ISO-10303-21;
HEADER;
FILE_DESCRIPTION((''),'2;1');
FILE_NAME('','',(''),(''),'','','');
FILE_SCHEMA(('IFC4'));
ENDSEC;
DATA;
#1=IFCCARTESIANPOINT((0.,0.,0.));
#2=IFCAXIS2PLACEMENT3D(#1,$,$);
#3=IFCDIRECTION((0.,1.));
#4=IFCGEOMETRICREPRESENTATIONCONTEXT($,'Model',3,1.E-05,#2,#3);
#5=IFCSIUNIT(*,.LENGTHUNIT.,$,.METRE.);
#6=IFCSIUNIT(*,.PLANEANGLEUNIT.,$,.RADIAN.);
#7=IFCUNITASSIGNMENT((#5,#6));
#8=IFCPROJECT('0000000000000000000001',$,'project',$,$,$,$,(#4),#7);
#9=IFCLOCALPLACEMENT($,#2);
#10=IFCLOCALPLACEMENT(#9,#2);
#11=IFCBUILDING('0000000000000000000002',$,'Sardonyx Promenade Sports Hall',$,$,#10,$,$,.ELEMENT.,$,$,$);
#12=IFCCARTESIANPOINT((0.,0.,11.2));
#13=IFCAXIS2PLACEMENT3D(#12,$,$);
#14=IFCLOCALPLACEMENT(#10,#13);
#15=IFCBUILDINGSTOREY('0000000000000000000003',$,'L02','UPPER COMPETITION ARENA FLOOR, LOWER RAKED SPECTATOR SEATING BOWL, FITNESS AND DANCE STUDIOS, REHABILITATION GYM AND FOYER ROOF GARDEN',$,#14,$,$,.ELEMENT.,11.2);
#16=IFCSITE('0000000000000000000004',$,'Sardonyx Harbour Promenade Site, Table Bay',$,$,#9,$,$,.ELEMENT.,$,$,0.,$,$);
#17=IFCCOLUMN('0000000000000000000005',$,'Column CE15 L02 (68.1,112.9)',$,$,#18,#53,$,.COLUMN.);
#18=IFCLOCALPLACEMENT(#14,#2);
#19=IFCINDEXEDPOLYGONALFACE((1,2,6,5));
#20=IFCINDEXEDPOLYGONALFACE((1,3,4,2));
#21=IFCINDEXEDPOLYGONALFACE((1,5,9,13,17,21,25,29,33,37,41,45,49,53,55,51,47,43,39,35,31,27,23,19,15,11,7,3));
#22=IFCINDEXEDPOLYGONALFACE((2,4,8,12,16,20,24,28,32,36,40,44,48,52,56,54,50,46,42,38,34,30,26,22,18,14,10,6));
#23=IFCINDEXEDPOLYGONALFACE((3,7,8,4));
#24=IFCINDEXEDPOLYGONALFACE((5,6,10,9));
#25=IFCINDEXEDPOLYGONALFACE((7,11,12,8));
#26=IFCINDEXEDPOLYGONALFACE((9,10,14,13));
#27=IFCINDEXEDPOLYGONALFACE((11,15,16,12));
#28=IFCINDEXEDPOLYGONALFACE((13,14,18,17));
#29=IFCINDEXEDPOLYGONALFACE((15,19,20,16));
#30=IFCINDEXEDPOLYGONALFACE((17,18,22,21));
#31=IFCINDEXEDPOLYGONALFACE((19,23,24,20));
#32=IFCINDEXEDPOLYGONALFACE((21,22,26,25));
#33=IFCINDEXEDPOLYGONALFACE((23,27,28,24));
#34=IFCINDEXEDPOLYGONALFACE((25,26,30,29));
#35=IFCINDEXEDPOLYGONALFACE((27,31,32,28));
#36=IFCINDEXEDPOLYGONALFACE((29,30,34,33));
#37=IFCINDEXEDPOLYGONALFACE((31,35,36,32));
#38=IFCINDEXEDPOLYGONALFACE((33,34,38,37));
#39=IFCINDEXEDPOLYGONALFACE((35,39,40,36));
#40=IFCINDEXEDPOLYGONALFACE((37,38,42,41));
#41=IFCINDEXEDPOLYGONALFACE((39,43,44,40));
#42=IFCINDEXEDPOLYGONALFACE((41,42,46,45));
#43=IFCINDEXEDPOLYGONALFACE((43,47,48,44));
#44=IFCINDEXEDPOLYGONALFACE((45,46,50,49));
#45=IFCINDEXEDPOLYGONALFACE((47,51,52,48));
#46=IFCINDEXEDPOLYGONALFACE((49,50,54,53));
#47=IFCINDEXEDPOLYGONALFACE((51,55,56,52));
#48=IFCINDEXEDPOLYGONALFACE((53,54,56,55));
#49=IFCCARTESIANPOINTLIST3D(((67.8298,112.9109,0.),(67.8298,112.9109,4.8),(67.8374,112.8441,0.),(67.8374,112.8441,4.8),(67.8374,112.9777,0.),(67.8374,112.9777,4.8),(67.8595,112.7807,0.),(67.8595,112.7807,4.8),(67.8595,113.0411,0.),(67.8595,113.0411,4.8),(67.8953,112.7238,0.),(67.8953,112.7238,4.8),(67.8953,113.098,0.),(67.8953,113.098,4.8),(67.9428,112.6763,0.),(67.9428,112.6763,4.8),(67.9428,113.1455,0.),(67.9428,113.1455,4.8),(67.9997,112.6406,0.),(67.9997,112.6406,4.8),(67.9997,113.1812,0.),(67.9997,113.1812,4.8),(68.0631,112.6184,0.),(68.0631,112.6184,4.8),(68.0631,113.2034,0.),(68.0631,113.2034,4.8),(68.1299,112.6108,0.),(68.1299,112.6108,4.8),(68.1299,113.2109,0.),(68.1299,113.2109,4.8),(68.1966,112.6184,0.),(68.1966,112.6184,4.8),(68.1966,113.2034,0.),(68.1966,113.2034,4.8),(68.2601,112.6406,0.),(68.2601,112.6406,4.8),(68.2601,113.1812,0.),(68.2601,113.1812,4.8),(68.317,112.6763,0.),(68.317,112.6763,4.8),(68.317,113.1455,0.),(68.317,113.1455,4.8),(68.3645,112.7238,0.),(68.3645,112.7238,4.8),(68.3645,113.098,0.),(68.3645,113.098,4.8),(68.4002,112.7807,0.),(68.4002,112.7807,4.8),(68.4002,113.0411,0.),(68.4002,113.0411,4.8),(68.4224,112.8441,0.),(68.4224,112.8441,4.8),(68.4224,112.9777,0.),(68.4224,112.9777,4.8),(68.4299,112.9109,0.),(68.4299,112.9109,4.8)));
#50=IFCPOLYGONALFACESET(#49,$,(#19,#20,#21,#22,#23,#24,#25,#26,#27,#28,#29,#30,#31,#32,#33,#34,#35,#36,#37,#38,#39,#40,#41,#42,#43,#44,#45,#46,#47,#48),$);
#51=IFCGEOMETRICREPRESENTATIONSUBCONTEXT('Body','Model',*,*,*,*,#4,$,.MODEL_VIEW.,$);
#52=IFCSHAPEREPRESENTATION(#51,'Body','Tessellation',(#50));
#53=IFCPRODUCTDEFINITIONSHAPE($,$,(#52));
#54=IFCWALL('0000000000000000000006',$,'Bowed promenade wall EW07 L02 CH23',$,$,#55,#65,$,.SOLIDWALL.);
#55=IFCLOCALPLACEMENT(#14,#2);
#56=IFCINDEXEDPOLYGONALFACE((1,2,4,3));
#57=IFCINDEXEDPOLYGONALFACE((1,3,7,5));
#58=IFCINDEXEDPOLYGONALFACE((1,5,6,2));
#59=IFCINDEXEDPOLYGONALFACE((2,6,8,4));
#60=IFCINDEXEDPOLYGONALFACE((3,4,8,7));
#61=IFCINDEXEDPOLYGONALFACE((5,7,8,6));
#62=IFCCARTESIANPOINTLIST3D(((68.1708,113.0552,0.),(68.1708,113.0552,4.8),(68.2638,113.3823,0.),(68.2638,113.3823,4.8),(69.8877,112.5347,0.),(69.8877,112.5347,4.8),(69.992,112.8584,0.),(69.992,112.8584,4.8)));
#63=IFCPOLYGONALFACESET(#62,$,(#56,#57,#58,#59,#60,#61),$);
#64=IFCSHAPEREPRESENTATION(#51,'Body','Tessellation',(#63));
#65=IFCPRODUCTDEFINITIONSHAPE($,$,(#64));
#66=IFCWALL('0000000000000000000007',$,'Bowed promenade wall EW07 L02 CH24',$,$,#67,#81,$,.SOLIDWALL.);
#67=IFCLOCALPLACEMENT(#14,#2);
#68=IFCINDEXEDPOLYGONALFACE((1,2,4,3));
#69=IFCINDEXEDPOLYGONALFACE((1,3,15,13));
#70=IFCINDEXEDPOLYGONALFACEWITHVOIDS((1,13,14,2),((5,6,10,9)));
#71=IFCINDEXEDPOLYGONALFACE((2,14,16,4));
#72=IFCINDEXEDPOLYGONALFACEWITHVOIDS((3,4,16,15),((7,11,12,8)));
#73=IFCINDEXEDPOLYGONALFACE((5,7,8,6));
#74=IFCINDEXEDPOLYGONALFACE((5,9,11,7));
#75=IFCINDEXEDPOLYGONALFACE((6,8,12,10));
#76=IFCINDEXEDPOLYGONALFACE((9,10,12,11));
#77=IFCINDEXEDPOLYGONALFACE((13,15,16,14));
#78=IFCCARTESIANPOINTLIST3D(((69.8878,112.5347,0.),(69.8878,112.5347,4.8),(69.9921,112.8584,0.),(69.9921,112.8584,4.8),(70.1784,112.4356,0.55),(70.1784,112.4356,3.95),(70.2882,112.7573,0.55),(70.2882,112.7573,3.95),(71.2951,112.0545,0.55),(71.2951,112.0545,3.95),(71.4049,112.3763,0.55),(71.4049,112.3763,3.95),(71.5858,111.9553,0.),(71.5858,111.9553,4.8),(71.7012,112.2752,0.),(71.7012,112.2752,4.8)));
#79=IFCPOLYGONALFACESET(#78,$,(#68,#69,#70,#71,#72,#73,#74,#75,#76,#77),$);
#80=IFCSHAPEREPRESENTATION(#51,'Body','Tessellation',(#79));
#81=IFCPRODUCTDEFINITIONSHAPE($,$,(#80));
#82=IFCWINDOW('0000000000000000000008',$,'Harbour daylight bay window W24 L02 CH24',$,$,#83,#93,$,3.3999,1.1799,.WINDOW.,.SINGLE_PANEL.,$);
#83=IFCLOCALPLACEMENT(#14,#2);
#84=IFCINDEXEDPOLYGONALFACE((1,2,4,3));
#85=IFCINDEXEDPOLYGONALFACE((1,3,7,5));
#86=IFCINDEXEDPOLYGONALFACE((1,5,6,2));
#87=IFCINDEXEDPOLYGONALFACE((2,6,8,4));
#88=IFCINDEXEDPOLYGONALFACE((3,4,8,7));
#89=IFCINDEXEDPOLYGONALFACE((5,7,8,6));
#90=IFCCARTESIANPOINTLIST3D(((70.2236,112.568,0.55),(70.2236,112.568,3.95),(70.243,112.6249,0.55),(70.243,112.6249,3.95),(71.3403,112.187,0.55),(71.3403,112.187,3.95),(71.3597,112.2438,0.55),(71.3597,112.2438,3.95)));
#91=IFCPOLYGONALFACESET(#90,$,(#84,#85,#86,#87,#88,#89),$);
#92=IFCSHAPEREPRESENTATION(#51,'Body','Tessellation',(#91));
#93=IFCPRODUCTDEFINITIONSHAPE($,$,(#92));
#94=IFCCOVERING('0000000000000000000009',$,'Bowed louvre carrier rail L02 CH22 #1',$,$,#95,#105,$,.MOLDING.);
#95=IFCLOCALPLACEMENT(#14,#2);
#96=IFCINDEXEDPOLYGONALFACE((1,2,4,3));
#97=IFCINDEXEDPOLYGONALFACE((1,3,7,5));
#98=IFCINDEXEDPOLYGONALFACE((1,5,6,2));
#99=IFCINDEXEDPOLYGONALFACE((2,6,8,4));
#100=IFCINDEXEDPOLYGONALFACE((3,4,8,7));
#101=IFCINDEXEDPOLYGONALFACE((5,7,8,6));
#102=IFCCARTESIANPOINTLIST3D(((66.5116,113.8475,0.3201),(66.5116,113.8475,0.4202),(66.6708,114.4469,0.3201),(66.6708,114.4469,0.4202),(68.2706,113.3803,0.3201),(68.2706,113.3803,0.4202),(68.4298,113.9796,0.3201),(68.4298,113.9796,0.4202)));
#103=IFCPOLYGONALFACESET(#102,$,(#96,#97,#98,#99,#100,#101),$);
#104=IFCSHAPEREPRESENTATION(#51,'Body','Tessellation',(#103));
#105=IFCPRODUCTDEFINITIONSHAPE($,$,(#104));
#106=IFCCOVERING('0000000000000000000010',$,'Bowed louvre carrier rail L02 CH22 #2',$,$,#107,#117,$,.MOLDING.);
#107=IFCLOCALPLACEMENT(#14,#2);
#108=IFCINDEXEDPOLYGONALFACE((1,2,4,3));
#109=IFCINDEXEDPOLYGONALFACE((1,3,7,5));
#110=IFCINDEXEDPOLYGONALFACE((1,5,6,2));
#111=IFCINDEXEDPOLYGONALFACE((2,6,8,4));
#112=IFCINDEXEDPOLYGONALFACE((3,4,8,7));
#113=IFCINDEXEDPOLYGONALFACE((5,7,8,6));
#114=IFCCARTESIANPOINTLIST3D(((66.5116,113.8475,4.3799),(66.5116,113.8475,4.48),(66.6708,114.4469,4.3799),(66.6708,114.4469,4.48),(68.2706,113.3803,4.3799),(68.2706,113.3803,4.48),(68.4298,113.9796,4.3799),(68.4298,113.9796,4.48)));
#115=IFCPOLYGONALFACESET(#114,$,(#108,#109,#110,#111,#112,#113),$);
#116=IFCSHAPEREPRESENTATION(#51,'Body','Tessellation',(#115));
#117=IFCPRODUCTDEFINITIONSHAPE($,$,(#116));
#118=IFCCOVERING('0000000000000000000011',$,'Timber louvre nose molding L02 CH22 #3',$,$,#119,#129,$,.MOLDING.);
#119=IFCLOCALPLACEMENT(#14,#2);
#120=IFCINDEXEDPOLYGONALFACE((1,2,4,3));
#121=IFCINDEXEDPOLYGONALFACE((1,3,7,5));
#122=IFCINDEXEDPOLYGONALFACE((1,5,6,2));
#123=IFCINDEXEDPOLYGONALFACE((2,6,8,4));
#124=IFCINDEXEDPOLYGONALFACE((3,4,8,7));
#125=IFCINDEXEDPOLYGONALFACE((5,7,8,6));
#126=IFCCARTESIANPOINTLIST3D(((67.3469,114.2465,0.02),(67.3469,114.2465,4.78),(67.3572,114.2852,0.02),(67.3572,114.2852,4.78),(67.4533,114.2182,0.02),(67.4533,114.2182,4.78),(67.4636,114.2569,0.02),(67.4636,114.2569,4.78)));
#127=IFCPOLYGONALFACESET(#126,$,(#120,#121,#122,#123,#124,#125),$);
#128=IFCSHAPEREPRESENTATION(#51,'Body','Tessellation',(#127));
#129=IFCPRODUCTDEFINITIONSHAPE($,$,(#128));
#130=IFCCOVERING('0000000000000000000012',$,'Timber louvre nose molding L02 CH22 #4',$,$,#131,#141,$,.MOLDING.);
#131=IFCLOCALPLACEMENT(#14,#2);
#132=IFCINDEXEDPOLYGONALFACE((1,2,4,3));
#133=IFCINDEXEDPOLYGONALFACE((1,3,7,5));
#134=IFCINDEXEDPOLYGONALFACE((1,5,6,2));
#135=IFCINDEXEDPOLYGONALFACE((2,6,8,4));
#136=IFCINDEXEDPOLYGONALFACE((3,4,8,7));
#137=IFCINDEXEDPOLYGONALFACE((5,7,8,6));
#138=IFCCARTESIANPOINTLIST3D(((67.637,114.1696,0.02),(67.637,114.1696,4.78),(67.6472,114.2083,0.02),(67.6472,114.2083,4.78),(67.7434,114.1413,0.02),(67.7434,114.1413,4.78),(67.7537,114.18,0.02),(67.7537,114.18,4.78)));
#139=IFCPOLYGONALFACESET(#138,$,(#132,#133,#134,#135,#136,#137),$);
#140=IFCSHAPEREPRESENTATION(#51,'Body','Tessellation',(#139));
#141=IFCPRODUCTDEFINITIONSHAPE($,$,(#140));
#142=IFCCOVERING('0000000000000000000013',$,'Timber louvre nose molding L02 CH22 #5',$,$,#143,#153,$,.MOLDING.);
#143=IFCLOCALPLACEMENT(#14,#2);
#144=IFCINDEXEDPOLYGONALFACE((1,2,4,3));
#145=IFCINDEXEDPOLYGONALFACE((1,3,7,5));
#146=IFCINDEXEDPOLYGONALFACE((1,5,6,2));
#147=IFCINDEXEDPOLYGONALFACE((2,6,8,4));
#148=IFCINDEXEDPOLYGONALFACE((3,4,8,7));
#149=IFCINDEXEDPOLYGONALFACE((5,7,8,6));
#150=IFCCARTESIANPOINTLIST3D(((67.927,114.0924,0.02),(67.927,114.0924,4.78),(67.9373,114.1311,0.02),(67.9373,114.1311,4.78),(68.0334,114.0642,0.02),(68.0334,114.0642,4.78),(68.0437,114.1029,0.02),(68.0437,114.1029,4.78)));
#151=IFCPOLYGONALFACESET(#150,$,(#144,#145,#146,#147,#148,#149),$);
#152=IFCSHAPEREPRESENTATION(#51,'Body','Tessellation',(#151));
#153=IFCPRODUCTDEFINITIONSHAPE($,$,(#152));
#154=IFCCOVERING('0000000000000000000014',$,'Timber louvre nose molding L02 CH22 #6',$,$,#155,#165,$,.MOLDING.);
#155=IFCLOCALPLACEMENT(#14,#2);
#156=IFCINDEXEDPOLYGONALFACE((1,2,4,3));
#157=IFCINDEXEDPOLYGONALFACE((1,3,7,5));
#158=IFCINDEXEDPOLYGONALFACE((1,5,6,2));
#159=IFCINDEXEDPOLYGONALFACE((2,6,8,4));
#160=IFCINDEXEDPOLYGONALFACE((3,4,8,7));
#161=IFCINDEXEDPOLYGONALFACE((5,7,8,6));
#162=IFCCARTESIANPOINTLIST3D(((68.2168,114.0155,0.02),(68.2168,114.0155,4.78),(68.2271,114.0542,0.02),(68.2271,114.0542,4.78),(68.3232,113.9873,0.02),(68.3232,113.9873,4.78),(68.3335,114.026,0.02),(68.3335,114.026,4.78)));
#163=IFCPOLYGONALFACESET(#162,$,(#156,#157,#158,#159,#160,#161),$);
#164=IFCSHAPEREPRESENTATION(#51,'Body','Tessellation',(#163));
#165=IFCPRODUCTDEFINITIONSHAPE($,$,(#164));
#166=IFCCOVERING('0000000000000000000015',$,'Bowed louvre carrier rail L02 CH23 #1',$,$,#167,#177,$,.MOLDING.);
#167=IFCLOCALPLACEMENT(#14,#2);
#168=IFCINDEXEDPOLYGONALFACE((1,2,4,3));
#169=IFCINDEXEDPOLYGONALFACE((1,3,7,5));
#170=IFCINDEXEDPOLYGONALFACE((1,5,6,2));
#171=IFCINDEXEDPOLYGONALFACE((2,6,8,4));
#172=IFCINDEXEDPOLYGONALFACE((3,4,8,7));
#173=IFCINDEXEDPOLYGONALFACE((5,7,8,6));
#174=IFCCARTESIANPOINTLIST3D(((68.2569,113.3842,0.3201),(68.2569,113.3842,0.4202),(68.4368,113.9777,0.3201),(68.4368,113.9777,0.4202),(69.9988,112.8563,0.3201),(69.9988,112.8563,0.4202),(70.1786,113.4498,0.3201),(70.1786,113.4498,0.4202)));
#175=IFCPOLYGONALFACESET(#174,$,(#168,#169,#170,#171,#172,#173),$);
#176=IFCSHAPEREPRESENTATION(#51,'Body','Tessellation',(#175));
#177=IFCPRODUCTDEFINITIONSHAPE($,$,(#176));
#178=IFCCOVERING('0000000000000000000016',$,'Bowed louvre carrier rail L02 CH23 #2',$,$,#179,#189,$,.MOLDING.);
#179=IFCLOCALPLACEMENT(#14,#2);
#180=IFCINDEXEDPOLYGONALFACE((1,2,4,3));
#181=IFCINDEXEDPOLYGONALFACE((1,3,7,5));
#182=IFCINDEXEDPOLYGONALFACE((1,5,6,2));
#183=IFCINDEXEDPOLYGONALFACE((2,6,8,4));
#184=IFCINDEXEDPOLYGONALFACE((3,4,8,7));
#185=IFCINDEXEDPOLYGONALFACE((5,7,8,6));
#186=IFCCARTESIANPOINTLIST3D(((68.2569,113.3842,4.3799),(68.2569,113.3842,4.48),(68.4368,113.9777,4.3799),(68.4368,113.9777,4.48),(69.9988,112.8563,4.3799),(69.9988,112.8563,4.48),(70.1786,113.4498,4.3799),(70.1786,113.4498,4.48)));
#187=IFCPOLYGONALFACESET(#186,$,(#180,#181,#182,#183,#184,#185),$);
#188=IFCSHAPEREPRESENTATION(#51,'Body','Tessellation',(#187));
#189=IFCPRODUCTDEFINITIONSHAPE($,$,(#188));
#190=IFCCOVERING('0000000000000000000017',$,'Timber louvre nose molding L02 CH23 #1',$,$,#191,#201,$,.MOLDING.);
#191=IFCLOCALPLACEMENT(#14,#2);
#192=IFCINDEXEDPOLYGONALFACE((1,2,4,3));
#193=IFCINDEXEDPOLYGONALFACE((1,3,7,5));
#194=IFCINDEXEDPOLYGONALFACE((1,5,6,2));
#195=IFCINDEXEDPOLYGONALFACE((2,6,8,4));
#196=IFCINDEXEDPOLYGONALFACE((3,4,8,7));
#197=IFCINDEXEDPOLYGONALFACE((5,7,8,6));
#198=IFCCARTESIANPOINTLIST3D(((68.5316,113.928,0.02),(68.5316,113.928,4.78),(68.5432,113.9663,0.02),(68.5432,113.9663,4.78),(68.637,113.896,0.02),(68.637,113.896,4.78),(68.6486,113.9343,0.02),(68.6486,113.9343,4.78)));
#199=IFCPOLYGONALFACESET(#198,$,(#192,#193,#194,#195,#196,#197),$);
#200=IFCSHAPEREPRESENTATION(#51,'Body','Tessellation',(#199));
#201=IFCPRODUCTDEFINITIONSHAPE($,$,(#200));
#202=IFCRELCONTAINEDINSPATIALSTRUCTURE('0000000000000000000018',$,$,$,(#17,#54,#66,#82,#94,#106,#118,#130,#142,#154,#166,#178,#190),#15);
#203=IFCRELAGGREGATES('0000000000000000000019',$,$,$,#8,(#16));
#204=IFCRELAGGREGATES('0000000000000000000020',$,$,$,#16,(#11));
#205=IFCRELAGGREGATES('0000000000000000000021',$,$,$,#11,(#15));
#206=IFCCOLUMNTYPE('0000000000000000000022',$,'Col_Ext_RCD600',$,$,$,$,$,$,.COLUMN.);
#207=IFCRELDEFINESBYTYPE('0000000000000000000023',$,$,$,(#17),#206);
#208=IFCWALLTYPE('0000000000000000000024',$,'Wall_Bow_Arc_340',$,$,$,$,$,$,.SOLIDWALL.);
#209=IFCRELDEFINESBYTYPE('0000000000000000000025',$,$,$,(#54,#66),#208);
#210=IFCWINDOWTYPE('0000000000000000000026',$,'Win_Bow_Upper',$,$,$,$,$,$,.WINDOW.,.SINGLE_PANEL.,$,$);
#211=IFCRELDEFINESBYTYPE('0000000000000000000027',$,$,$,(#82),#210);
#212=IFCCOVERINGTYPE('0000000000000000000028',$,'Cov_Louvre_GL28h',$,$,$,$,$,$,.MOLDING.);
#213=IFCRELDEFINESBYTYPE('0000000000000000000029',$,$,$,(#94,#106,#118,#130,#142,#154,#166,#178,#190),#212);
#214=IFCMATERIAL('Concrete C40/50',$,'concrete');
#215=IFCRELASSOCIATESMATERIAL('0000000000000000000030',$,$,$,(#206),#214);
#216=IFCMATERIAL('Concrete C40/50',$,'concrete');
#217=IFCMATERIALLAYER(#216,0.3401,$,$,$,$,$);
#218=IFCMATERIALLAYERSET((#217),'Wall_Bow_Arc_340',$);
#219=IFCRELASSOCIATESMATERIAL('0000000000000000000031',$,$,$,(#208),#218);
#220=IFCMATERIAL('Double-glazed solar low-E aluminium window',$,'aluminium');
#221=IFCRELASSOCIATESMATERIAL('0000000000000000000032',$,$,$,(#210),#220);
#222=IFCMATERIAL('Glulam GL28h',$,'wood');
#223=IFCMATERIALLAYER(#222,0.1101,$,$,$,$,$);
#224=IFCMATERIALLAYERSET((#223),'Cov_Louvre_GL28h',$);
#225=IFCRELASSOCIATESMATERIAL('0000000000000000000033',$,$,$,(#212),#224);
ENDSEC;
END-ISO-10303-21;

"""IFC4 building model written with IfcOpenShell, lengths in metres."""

from ifc_helpers import new_model, si_unit, direction, frame, frame_2d, origin, origin_2d, place, context, subcontext, project, spatial, polyline, rectangle, circle, outline, extrude, material, layer, layer_set, material_profile, profile_set, type_object, element, fill, save


model = new_model("IFC4")

# Units and contexts
model_context = context("Model", 3, precision=1e-05, world=origin(), true_north=direction((0.0, 1.0)))
body_context = subcontext(model_context, "Body", "Model", "MODEL_VIEW")
ifc_project = project(units=[si_unit("LENGTHUNIT", "METRE"), si_unit("PLANEANGLEUNIT", "RADIAN")], contexts=[model_context])

# Site, building, storey
site_placement = place(None, origin())
site = spatial("IfcSite", under=ifc_project, at=site_placement, Name="Sardonyx Harbour Promenade Site, Table Bay", CompositionType="ELEMENT", RefElevation=0.0)
building_placement = place(site_placement, origin())
building = spatial("IfcBuilding", under=site, at=building_placement, Name="Sardonyx Promenade Sports Hall", CompositionType="ELEMENT")
storey_placement = place(building_placement, frame((0.0, 0.0, 11.2)))
storey = spatial("IfcBuildingStorey", under=building, at=storey_placement, Name="L02", Description="UPPER COMPETITION ARENA FLOOR, LOWER RAKED SPECTATOR SEATING BOWL, FITNESS AND DANCE STUDIOS, REHABILITATION GYM AND FOYER ROOF GARDEN", CompositionType="ELEMENT", Elevation=11.2)

# Column
ifc_material_1 = material(Name="Concrete C40/50", Category="concrete")
ifc_material_profile = material_profile(ifc_material_1, circle(Radius=0.3, at=origin_2d()))
ifc_profile_set = profile_set([ifc_material_profile], Name="Concrete C40/50")
column_type = type_object("IfcColumnType", Name="Col_Ext_RCD600", PredefinedType="COLUMN", material=ifc_profile_set)
column_placement = place(storey_placement, frame((68.1299, 112.9109, 0.0), z_axis=(0.0, 0.0, 1.0), x_axis=(1.0, 0.0, 0.0)))
element("IfcColumn", 1, at=column_placement, inside=storey, type_object=column_type, Name="Column CE15 L02 (68.1,112.9)", PredefinedType="COLUMN", context=body_context, shape_type="SweptSolid", body=[
    extrude(circle(Radius=0.3, at=origin_2d()), origin(), (0.0, 0.0, 1.0), 4.8),
])

# Wall
ifc_material_2 = material(Name="Concrete C40/50", Category="concrete")
ifc_layer_1 = layer(ifc_material_2, 0.3401)
ifc_layer_set_1 = layer_set([ifc_layer_1], Name="Wall_Bow_Arc_340")
wall_type = type_object("IfcWallType", Name="Wall_Bow_Arc_340", PredefinedType="SOLIDWALL", material=ifc_layer_set_1)
wall_1_placement = place(storey_placement, frame((68.2173, 113.2188, 0.0), z_axis=(0.0, 0.0, 1.0), x_axis=(0.956994, -0.290109, 0.0)))
element("IfcWall", 2, at=wall_1_placement, inside=storey, type_object=wall_type, Name="Bowed promenade wall EW07 L02 CH23", PredefinedType="SOLIDWALL", context=body_context, shape_type="SweptSolid", body=[
    extrude(outline(polyline([(0.0029, -0.17), (1.7971, -0.17), (1.8029, 0.17), (-0.0029, 0.17), (0.0029, -0.17)])), origin(), (0.0, 0.0, 1.0), 4.8),
])

# Wall, opening, window
wall_2_placement = place(storey_placement, frame((69.9399, 112.6965, 0.0), z_axis=(0.0, 0.0, 1.0), x_axis=(0.946422, -0.322934, 0.0)))
wall_2 = element("IfcWall", 3, at=wall_2_placement, inside=storey, type_object=wall_type, Name="Bowed promenade wall EW07 L02 CH24", PredefinedType="SOLIDWALL", context=body_context, shape_type="SweptSolid", body=[
    extrude(outline(polyline([(0.0029, -0.17), (1.7971, -0.17), (1.8029, 0.17), (-0.0029, 0.17), (0.0029, -0.17)])), origin(), (0.0, 0.0, 1.0), 4.8),
])
opening_placement = place(wall_2_placement, frame((0.3101, 0.0, 0.55)))
opening = element("IfcOpeningElement", 4, at=opening_placement, cuts=wall_2, PredefinedType="OPENING", context=body_context, shape_type="SweptSolid", body=[
    extrude(rectangle(XDim=1.1799, YDim=3.3999, at=frame_2d((0.5898, 1.7))), frame((0.0, 0.18, 0.0), z_axis=(0.0, -1.0, 0.0), x_axis=(1.0, 0.0, 0.0)), (0.0, 0.0, 1.0), 0.36),
])
ifc_material_3 = material(Name="Double-glazed solar low-E aluminium window", Category="aluminium")
window_type = type_object("IfcWindowType", Name="Win_Bow_Upper", PartitioningType="SINGLE_PANEL", PredefinedType="WINDOW", material=ifc_material_3)
window_placement = place(opening_placement, origin())
window = element("IfcWindow", 5, at=window_placement, inside=storey, type_object=window_type, Name="Harbour daylight bay window W24 L02 CH24", OverallHeight=3.3999, OverallWidth=1.1799, PartitioningType="SINGLE_PANEL", PredefinedType="WINDOW", context=body_context, shape_type="SweptSolid", body=[
    extrude(rectangle(XDim=1.1799, YDim=3.3999, at=frame_2d((0.5898, 1.7))), frame((0.0, 0.03, 0.0), z_axis=(0.0, -1.0, 0.0), x_axis=(1.0, 0.0, 0.0)), (0.0, 0.0, 1.0), 0.0601),
])
fill(opening, window)

# Coverings
ifc_material_4 = material(Name="Glulam GL28h", Category="wood")
ifc_layer_2 = layer(ifc_material_4, 0.1101)
ifc_layer_set_2 = layer_set([ifc_layer_2], Name="Cov_Louvre_GL28h")
covering_type = type_object("IfcCoveringType", Name="Cov_Louvre_GL28h", PredefinedType="MOLDING", material=ifc_layer_set_2)
for number, where, z_axis, x_axis, name in (
    (6, (67.4707, 113.9136, 0.3201), (0.0, 0.0, 1.0), (0.966485, -0.256721, 0.0), "Bowed louvre carrier rail L02 CH22 #1"),
    (7, (67.4707, 113.9136, 4.3799), (0.0, 0.0, 1.0), (0.966485, -0.256721, 0.0), "Bowed louvre carrier rail L02 CH22 #2"),
):
    element("IfcCovering", number, at=place(storey_placement, frame(where, z_axis=z_axis, x_axis=x_axis)), inside=storey, type_object=covering_type, Name=name, PredefinedType="MOLDING", context=body_context, shape_type="SweptSolid", body=[
        extrude(rectangle(XDim=1.8201, YDim=0.6201, at=origin_2d()), origin(), (0.0, 0.0, 1.0), 0.1001),
    ])
for number, where, z_axis, x_axis, name in (
    (8, (67.4053, 114.2517, 0.02), (0.0, 0.0, 1.0), (0.966485, -0.256721, 0.0), "Timber louvre nose molding L02 CH22 #3"),
    (9, (67.6953, 114.1748, 0.02), (0.0, 0.0, 1.0), (0.966485, -0.256721, 0.0), "Timber louvre nose molding L02 CH22 #4"),
    (10, (67.9854, 114.0977, 0.02), (0.0, 0.0, 1.0), (0.966485, -0.256721, 0.0), "Timber louvre nose molding L02 CH22 #5"),
    (11, (68.2751, 114.0208, 0.02), (0.0, 0.0, 1.0), (0.966485, -0.256721, 0.0), "Timber louvre nose molding L02 CH22 #6"),
):
    element("IfcCovering", number, at=place(storey_placement, frame(where, z_axis=z_axis, x_axis=x_axis)), inside=storey, type_object=covering_type, Name=name, PredefinedType="MOLDING", context=body_context, shape_type="SweptSolid", body=[
        extrude(rectangle(XDim=0.1101, YDim=0.04, at=origin_2d()), origin(), (0.0, 0.0, 1.0), 4.76),
    ])
for number, where, z_axis, x_axis, name in (
    (12, (69.2178, 113.417, 0.3201), (0.0, 0.0, 1.0), (0.957021, -0.290017, 0.0), "Bowed louvre carrier rail L02 CH23 #1"),
    (13, (69.2178, 113.417, 4.3799), (0.0, 0.0, 1.0), (0.957021, -0.290017, 0.0), "Bowed louvre carrier rail L02 CH23 #2"),
):
    element("IfcCovering", number, at=place(storey_placement, frame(where, z_axis=z_axis, x_axis=x_axis)), inside=storey, type_object=covering_type, Name=name, PredefinedType="MOLDING", context=body_context, shape_type="SweptSolid", body=[
        extrude(rectangle(XDim=1.8201, YDim=0.6201, at=origin_2d()), origin(), (0.0, 0.0, 1.0), 0.1001),
    ])
for number, where, z_axis, x_axis, name in (
    (14, (68.5901, 113.9312, 0.02), (0.0, 0.0, 1.0), (0.957021, -0.290017, 0.0), "Timber louvre nose molding L02 CH23 #1"),
):
    element("IfcCovering", number, at=place(storey_placement, frame(where, z_axis=z_axis, x_axis=x_axis)), inside=storey, type_object=covering_type, Name=name, PredefinedType="MOLDING", context=body_context, shape_type="SweptSolid", body=[
        extrude(rectangle(XDim=0.1101, YDim=0.04, at=origin_2d()), origin(), (0.0, 0.0, 1.0), 4.76),
    ])

save(model, "model.ifc")
